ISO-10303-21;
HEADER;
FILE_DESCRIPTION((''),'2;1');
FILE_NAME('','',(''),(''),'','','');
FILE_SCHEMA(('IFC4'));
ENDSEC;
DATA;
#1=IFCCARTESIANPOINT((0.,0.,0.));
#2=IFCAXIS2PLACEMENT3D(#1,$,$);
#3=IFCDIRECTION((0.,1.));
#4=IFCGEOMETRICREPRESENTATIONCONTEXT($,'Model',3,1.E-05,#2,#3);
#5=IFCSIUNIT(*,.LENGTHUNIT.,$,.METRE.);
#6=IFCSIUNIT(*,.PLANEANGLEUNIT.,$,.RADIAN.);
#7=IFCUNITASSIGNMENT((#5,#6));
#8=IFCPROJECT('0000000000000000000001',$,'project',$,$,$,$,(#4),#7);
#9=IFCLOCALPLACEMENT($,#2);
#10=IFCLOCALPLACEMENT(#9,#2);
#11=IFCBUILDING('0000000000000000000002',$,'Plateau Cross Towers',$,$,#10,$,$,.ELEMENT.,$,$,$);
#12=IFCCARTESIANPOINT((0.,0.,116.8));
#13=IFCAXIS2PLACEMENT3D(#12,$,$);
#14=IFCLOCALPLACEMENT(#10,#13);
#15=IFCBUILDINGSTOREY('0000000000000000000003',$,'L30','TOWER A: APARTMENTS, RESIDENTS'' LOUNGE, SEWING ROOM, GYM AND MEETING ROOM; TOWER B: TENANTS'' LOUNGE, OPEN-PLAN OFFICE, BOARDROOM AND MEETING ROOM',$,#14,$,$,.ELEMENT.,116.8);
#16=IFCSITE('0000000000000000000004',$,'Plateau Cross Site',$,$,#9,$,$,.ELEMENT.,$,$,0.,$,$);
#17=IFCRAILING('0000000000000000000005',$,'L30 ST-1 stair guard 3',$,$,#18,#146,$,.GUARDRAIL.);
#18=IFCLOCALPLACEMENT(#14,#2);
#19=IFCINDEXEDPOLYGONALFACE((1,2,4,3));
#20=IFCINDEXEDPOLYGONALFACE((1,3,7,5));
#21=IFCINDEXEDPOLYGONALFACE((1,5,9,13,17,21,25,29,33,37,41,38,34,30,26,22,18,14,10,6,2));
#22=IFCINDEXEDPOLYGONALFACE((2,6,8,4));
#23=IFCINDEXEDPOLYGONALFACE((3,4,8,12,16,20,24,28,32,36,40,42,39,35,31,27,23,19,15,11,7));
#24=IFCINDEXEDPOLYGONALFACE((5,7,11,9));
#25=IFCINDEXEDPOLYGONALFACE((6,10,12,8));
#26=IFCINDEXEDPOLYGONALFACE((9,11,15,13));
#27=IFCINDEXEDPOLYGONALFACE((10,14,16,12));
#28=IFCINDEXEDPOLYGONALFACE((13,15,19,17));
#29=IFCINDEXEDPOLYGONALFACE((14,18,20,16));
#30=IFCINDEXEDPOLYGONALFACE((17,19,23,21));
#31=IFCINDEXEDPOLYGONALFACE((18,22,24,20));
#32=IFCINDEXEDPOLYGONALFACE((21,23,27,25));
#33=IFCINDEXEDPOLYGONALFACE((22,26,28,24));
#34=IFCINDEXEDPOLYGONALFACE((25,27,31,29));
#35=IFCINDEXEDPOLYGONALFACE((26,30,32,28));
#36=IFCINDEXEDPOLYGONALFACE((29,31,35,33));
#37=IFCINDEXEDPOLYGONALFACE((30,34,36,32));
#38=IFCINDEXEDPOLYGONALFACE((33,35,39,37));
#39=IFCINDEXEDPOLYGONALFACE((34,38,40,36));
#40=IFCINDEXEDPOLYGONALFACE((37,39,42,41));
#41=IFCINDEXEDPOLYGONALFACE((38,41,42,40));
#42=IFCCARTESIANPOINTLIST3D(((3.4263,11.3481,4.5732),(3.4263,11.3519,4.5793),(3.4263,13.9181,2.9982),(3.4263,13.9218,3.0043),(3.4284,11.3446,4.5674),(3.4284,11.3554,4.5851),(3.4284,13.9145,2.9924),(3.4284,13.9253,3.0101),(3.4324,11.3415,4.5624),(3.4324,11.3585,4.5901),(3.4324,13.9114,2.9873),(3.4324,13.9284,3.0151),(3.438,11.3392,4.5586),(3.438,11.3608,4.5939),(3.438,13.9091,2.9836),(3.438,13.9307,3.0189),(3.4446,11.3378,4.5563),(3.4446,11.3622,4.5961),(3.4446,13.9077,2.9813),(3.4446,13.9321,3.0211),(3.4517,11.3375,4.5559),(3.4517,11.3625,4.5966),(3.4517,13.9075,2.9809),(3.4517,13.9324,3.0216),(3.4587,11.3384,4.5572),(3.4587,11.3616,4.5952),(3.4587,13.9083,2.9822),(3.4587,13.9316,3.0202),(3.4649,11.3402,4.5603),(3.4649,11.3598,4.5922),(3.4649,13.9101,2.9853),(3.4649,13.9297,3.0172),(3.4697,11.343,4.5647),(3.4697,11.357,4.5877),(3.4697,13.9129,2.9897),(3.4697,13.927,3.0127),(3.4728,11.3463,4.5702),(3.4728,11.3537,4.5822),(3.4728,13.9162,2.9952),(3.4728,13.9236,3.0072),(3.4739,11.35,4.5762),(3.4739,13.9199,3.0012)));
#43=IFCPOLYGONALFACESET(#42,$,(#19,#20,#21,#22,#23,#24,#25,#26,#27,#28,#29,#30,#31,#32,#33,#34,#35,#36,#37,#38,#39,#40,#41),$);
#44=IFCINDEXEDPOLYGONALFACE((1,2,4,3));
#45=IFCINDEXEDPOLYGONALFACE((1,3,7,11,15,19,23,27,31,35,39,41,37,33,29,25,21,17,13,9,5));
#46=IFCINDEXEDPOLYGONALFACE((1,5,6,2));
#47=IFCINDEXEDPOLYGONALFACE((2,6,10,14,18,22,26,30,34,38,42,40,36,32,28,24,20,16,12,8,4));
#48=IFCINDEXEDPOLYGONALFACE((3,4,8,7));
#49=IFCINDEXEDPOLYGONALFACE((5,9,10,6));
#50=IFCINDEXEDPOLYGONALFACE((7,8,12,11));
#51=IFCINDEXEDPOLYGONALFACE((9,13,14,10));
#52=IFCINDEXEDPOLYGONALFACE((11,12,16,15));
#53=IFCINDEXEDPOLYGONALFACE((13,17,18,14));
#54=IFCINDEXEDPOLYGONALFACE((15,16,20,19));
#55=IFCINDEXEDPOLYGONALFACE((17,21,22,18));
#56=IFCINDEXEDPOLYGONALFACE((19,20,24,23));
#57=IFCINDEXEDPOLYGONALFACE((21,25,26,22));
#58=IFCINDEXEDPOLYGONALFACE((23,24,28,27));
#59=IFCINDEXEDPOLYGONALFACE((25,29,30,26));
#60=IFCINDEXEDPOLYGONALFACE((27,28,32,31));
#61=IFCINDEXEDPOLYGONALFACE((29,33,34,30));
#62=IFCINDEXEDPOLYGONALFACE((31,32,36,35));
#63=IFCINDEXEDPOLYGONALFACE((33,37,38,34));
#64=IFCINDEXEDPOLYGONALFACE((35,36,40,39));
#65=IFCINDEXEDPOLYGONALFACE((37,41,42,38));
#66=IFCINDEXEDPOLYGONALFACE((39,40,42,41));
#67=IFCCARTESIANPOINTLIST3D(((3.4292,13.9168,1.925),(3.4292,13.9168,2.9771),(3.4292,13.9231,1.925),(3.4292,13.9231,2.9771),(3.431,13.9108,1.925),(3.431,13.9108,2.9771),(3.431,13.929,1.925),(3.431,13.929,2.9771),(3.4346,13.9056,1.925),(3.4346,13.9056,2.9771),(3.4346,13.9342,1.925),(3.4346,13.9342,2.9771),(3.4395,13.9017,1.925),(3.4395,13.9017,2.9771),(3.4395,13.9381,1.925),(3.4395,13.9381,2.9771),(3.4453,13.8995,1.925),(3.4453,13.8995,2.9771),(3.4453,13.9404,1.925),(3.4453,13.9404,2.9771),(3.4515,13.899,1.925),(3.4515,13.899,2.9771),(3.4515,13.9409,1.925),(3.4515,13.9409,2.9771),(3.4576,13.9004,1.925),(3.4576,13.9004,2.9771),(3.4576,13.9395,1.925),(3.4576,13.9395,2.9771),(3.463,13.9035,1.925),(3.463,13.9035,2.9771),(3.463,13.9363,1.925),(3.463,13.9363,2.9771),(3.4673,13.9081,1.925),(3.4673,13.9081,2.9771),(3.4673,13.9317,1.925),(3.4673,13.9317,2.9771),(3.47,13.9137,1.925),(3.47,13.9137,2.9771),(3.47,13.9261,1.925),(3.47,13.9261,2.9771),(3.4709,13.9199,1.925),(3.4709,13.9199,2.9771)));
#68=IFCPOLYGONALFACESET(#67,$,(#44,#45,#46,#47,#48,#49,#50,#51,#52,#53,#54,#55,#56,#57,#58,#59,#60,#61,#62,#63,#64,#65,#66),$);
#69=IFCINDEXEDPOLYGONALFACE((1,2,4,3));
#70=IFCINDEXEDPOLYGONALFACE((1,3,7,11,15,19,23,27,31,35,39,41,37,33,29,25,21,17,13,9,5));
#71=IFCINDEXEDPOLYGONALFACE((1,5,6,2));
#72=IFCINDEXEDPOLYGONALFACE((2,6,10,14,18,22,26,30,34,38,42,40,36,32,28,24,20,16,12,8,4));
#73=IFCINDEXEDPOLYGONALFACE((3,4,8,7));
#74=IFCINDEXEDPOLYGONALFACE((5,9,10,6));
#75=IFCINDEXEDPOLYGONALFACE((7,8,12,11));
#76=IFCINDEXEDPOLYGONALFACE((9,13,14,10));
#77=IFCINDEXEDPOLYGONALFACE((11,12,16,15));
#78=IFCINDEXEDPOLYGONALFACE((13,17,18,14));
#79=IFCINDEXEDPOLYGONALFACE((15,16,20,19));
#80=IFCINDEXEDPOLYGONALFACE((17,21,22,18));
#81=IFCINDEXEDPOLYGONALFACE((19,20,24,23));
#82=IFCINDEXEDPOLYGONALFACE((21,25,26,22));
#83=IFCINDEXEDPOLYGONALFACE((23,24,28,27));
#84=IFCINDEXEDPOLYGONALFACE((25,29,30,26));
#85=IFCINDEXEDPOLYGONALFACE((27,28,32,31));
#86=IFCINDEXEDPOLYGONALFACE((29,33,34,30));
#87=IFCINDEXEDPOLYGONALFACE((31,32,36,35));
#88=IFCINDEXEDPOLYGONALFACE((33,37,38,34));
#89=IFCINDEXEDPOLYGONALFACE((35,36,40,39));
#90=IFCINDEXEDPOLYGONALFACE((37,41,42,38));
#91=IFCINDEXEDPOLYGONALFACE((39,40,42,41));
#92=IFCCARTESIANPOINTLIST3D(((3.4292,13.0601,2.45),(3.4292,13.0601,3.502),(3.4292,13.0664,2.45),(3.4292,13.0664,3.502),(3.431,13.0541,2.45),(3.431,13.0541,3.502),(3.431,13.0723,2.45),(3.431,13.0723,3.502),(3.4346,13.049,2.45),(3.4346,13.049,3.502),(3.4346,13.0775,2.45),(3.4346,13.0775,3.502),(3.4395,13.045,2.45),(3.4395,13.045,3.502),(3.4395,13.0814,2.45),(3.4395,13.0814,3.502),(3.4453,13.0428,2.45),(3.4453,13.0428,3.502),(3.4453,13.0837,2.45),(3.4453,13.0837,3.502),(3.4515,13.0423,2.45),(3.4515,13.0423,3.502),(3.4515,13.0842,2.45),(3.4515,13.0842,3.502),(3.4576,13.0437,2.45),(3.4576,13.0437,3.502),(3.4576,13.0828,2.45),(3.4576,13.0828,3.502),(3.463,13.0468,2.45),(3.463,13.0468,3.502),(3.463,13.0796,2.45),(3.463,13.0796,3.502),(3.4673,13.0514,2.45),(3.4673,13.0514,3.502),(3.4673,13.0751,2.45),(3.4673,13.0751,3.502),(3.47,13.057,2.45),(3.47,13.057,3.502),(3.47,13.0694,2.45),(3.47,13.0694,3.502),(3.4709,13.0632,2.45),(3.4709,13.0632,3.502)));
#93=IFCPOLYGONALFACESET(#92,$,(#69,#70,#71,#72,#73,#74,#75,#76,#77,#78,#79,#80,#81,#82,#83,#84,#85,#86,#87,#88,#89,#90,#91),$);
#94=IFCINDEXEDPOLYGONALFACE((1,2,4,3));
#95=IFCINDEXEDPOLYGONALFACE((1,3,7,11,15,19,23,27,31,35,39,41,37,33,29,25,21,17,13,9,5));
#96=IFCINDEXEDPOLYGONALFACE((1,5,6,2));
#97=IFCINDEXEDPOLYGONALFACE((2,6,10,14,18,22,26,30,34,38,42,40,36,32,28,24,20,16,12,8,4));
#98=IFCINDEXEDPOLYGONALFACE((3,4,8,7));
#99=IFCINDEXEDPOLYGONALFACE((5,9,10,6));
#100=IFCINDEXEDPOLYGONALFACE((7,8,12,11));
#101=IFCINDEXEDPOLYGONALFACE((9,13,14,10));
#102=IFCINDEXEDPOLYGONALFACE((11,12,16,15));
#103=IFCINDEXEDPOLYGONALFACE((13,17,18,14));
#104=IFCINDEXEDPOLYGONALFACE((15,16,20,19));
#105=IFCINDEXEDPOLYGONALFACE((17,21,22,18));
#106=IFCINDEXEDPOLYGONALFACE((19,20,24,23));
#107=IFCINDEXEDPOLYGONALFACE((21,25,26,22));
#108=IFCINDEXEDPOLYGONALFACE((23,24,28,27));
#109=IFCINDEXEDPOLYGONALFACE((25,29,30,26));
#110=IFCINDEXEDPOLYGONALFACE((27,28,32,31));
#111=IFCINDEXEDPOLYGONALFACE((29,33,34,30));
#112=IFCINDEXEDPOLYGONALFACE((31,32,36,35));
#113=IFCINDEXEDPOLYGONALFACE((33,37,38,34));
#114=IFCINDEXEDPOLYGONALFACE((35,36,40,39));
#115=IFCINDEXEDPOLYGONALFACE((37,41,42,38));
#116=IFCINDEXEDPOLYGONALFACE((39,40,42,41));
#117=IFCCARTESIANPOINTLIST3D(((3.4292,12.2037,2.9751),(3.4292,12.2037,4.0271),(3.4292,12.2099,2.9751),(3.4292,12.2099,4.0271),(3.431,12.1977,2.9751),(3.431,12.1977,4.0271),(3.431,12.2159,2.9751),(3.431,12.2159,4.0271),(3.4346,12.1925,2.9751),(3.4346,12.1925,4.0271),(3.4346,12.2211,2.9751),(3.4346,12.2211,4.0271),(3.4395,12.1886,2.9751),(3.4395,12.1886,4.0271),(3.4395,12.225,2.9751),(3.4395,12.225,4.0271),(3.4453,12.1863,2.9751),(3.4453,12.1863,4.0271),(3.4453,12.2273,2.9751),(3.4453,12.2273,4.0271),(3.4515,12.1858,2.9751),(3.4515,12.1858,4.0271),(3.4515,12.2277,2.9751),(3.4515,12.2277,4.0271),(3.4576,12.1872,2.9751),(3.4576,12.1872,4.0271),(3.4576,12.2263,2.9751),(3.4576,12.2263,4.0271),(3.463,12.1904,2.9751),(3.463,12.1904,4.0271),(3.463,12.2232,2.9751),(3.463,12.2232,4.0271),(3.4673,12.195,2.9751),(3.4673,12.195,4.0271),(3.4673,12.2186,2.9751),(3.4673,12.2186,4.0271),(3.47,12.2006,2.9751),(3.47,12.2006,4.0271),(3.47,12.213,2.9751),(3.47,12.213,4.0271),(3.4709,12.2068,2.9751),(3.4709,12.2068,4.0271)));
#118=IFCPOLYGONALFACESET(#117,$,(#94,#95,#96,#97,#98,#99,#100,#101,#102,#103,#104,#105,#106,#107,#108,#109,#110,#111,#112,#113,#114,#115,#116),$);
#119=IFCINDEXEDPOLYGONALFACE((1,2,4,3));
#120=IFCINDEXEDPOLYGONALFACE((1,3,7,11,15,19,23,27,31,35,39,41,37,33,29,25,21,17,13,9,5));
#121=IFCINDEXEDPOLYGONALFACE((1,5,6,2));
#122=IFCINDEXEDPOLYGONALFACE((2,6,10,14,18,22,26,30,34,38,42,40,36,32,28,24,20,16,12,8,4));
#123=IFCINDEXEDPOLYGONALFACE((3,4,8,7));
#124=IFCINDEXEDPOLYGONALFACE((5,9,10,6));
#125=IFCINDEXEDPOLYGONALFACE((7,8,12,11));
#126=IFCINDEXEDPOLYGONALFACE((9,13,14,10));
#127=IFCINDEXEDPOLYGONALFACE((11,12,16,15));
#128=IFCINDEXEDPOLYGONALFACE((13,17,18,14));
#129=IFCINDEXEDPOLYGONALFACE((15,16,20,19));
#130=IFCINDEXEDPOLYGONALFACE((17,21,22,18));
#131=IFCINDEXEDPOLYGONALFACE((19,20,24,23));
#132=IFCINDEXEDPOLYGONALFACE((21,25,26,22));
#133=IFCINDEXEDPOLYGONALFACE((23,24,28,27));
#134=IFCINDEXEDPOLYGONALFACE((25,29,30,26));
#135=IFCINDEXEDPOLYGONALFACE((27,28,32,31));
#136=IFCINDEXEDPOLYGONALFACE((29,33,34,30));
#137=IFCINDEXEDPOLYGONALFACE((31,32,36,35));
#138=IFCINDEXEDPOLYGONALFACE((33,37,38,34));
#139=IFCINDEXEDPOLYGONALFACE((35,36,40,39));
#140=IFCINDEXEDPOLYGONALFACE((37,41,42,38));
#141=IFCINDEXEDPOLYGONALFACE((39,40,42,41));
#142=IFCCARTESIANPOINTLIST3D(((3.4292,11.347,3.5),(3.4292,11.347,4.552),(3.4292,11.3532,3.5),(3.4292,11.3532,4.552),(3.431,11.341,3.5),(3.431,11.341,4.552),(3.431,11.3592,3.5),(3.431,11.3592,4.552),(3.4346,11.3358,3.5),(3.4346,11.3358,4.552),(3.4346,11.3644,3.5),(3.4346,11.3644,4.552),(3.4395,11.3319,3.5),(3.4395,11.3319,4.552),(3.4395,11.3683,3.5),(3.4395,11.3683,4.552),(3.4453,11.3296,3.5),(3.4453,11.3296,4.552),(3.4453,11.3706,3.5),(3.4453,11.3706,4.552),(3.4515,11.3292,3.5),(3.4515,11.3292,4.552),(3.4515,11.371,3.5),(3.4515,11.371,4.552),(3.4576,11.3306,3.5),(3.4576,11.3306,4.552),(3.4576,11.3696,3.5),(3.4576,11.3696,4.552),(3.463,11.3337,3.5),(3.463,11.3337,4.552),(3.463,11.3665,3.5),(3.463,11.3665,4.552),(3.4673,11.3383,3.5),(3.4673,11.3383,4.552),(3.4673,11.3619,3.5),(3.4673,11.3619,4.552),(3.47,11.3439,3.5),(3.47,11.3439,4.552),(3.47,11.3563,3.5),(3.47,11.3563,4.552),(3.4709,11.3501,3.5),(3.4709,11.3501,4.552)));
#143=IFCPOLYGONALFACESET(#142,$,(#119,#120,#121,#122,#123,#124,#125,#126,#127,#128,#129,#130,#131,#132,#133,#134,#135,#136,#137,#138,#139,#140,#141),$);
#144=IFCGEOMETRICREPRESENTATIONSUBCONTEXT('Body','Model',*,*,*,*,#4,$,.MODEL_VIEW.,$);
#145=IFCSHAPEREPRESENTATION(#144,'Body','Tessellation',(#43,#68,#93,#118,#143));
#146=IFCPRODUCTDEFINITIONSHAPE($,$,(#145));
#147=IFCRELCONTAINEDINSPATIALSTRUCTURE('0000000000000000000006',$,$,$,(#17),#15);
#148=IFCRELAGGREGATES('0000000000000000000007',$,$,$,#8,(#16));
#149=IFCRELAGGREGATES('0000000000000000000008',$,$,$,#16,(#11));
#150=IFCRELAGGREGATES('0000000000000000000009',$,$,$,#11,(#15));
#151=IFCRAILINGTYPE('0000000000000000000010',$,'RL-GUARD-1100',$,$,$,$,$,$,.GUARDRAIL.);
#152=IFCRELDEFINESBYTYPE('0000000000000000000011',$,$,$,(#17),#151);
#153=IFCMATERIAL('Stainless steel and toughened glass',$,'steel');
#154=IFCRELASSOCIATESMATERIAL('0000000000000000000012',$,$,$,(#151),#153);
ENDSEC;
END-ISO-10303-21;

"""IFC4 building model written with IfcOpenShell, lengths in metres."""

from ifc_helpers import new_model, si_unit, direction, frame, origin, origin_2d, place, context, subcontext, project, spatial, circle, extrude, material, type_object, element, save


model = new_model("IFC4")

# Units and contexts
model_context = context("Model", 3, precision=1e-05, world=origin(), true_north=direction((0.0, 1.0)))
body_context = subcontext(model_context, "Body", "Model", "MODEL_VIEW")
ifc_project = project(units=[si_unit("LENGTHUNIT", "METRE"), si_unit("PLANEANGLEUNIT", "RADIAN")], contexts=[model_context])

# Site, building, storey
site_placement = place(None, origin())
site = spatial("IfcSite", under=ifc_project, at=site_placement, Name="Plateau Cross Site", CompositionType="ELEMENT", RefElevation=0.0)
building_placement = place(site_placement, origin())
building = spatial("IfcBuilding", under=site, at=building_placement, Name="Plateau Cross Towers", CompositionType="ELEMENT")
storey_placement = place(building_placement, frame((0.0, 0.0, 116.8)))
storey = spatial("IfcBuildingStorey", under=building, at=storey_placement, Name="L30", Description="TOWER A: APARTMENTS, RESIDENTS' LOUNGE, SEWING ROOM, GYM AND MEETING ROOM; TOWER B: TENANTS' LOUNGE, OPEN-PLAN OFFICE, BOARDROOM AND MEETING ROOM", CompositionType="ELEMENT", Elevation=116.8)

# Railing
ifc_material_1 = material(Name="Stainless steel and toughened glass", Category="steel")
railing_type_1 = type_object("IfcRailingType", Name="RL-GUARD-1100", PredefinedType="GUARDRAIL", material=ifc_material_1)
railing_1_placement = place(storey_placement, frame((3.45, 13.9199, 1.925)))
element("IfcRailing", 1, at=railing_1_placement, inside=storey, type_object=railing_type_1, Name="L30 ST-1 stair guard 3", PredefinedType="GUARDRAIL", context=body_context, shape_type="SweptSolid", body=[
    extrude(circle(Radius=0.0239, at=origin_2d()), frame((0.0, 0.0, 1.0762), z_axis=(0.0, -0.852616, 0.522537), x_axis=(1.0, 0.0, 0.0)), (0.0, 0.0, 1.0), 3.0142),
    extrude(circle(Radius=0.021, at=origin_2d()), origin(), (0.0, 0.0, 1.0), 1.052),
    extrude(circle(Radius=0.021, at=origin_2d()), frame((0.0, -0.8567, 0.5249)), (0.0, 0.0, 1.0), 1.052),
    extrude(circle(Radius=0.021, at=origin_2d()), frame((0.0, -1.7131, 1.05)), (0.0, 0.0, 1.0), 1.052),
    extrude(circle(Radius=0.021, at=origin_2d()), frame((0.0, -2.5698, 1.575)), (0.0, 0.0, 1.0), 1.052),
])

save(model, "model.ifc")
